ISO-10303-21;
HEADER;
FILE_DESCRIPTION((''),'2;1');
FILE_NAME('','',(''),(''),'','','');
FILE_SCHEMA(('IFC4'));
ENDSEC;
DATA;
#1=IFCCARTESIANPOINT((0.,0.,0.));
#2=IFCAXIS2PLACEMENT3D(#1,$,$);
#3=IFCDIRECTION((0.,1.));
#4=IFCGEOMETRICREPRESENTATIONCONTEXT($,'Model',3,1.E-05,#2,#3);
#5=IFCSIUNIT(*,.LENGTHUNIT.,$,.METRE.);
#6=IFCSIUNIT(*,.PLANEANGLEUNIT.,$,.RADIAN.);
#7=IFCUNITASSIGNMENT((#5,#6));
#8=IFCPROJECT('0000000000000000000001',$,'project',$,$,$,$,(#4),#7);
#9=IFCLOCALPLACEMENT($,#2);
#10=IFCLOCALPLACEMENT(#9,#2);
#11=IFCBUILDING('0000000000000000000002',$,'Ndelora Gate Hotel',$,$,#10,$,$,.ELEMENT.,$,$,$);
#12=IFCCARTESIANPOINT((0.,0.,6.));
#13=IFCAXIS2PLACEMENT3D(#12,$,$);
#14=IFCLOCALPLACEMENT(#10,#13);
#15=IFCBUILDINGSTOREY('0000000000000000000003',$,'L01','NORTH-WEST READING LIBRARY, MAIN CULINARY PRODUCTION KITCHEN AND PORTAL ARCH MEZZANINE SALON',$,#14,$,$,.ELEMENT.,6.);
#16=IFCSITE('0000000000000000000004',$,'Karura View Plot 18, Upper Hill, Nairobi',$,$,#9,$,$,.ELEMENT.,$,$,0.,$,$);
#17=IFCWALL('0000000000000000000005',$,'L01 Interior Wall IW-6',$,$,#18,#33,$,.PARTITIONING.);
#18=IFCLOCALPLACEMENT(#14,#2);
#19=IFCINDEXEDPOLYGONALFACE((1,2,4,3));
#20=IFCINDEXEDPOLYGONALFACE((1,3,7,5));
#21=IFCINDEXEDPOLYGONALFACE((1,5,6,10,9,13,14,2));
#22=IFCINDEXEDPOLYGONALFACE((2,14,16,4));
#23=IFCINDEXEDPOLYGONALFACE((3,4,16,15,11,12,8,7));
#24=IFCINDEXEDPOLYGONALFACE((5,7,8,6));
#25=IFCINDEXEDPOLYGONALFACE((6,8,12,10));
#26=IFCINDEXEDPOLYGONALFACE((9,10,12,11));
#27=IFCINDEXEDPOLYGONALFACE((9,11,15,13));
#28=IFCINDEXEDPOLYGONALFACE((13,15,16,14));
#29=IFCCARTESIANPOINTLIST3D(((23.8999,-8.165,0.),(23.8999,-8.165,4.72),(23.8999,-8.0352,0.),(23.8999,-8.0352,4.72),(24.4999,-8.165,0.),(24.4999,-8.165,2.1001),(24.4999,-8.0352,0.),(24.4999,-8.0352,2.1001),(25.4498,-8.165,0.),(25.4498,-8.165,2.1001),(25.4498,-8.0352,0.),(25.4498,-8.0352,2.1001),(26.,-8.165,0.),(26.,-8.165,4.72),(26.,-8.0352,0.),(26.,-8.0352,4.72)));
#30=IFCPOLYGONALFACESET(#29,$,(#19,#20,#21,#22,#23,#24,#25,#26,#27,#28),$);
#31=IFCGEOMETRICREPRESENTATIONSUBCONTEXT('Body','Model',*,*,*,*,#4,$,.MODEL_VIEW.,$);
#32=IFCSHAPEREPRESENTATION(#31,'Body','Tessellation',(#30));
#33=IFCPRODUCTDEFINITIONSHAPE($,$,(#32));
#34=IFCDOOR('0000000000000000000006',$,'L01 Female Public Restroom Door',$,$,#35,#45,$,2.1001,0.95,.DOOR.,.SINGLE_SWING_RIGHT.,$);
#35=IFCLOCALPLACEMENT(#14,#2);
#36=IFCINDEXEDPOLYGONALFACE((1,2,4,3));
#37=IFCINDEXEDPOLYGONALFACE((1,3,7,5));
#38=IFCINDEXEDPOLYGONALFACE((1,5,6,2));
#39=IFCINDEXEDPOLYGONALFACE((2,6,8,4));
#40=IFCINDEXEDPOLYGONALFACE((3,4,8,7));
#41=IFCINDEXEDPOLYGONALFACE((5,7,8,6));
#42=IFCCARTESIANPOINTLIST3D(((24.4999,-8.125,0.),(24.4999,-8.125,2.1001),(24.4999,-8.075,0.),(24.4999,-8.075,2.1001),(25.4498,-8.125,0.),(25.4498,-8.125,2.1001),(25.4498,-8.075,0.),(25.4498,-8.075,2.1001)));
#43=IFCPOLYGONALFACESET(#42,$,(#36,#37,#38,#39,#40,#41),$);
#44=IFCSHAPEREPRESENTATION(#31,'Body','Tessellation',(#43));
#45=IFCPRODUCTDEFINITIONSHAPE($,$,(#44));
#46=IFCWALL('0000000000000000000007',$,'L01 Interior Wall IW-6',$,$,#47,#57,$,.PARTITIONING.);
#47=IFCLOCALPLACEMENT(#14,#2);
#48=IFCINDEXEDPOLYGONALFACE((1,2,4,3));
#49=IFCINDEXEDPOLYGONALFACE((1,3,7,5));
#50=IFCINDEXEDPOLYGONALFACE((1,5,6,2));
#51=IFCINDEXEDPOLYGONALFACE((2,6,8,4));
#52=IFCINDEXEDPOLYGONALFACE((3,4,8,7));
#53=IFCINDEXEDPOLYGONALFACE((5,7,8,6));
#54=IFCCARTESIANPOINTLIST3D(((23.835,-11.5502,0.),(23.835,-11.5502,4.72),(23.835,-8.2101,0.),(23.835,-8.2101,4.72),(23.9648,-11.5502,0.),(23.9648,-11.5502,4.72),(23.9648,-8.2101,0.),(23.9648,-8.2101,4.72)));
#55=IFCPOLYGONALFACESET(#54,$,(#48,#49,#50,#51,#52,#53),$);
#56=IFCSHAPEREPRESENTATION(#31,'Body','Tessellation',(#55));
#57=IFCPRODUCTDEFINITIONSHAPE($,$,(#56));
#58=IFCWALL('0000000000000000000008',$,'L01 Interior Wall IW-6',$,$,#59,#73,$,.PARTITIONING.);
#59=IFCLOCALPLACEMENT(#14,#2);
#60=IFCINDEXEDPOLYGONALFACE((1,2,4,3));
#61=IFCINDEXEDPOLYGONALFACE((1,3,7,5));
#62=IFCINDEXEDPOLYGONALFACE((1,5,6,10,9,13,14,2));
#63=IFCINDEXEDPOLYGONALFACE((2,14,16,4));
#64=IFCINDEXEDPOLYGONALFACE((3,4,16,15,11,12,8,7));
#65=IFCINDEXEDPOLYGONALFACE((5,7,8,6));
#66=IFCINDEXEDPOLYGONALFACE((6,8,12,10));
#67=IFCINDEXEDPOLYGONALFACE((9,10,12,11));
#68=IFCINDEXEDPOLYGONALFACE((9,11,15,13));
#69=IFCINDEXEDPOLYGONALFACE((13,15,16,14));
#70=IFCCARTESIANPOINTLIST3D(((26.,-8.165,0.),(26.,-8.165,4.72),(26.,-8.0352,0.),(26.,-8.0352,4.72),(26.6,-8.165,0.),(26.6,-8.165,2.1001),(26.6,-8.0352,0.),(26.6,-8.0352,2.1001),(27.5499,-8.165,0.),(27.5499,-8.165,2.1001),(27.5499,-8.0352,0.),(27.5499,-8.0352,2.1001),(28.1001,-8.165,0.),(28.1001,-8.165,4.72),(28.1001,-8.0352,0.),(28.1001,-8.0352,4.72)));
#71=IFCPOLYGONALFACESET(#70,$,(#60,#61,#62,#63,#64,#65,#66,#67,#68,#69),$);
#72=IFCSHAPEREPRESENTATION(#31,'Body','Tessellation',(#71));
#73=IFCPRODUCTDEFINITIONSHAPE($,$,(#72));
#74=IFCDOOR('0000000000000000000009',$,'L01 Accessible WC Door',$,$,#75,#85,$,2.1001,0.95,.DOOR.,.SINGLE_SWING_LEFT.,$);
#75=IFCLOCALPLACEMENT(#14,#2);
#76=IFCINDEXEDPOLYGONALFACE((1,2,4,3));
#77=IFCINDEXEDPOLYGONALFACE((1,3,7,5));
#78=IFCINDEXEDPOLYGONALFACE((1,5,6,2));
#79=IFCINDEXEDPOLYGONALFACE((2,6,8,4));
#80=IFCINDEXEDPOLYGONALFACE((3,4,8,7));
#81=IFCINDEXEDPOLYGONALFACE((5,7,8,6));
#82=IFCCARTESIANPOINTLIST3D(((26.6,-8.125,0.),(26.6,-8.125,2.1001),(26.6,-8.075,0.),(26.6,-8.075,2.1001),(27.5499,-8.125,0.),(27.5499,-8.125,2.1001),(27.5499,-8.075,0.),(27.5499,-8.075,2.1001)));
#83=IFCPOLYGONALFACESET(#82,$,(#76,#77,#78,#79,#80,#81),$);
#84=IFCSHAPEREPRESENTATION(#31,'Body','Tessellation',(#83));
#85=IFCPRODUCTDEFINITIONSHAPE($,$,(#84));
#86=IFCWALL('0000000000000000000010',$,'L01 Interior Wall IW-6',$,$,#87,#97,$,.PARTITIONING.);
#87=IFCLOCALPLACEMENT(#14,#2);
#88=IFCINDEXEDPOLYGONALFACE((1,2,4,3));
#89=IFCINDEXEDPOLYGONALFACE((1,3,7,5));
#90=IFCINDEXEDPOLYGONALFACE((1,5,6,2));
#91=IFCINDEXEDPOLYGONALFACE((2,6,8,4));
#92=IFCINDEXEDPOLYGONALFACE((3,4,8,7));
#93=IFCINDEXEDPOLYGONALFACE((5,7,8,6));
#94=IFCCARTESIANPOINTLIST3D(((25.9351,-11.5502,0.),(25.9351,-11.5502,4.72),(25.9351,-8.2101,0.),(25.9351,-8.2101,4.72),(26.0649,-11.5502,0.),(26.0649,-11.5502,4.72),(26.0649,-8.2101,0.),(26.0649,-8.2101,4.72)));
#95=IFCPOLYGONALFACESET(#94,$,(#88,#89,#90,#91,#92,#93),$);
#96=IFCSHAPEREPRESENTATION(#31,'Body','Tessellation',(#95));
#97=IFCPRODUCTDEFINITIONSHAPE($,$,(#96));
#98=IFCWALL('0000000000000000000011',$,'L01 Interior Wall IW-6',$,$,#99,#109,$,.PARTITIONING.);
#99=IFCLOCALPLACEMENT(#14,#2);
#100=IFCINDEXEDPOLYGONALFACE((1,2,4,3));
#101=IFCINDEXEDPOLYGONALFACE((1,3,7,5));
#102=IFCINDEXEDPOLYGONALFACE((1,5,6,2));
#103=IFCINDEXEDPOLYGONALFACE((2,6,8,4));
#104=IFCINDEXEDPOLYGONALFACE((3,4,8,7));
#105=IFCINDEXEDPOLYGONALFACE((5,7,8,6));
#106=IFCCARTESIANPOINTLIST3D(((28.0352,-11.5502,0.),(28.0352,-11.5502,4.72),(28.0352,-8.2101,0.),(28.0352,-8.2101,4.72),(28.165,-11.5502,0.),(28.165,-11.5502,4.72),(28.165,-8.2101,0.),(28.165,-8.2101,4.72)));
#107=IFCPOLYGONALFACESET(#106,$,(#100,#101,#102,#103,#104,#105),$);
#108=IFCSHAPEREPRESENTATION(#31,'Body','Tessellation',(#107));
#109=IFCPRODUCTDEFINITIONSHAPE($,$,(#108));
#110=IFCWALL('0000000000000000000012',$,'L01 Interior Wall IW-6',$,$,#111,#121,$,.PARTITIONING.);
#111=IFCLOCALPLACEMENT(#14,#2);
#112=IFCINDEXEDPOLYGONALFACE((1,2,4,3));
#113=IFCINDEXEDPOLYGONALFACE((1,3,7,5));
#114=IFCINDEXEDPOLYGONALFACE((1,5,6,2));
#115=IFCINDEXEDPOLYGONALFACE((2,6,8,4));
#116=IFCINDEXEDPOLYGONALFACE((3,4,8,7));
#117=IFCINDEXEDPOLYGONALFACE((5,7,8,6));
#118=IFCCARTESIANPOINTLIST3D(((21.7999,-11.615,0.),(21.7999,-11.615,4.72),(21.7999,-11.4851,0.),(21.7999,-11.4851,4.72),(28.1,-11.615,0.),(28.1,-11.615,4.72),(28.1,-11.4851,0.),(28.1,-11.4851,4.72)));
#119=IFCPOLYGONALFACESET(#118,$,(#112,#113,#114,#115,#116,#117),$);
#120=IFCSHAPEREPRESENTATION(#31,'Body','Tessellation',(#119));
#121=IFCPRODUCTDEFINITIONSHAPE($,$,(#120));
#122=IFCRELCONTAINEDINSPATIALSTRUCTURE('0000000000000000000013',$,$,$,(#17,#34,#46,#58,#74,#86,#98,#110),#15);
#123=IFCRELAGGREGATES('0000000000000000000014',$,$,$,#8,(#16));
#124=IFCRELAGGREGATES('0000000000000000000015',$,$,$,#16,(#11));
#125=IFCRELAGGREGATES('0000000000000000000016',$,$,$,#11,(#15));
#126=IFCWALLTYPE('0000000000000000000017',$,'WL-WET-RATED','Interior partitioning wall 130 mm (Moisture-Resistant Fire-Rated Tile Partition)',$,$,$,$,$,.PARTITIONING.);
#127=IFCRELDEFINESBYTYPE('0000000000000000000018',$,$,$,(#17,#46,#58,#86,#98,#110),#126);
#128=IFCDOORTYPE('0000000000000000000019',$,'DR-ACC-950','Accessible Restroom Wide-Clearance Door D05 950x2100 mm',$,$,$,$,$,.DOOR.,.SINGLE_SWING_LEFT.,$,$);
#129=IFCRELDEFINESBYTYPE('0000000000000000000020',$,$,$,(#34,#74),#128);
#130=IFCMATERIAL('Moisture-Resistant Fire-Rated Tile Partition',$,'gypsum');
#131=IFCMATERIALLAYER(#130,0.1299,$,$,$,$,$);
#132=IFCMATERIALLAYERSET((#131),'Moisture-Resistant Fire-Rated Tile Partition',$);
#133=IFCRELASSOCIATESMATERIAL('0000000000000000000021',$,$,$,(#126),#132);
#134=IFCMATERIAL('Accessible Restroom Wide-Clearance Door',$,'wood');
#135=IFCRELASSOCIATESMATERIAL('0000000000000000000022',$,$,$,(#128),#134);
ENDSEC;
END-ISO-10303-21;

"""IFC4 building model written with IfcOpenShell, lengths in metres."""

from ifc_helpers import new_model, si_unit, direction, frame, frame_2d, origin, place, context, subcontext, project, spatial, rectangle, extrude, material, layer, layer_set, type_object, element, fill, save


model = new_model("IFC4")

# Units and contexts
model_context = context("Model", 3, precision=1e-05, world=origin(), true_north=direction((0.0, 1.0)))
body_context = subcontext(model_context, "Body", "Model", "MODEL_VIEW")
ifc_project = project(units=[si_unit("LENGTHUNIT", "METRE"), si_unit("PLANEANGLEUNIT", "RADIAN")], contexts=[model_context])

# Site, building, storey
site_placement = place(None, origin())
site = spatial("IfcSite", under=ifc_project, at=site_placement, Name="Karura View Plot 18, Upper Hill, Nairobi", CompositionType="ELEMENT", RefElevation=0.0)
building_placement = place(site_placement, origin())
building = spatial("IfcBuilding", under=site, at=building_placement, Name="Ndelora Gate Hotel", CompositionType="ELEMENT")
storey_placement = place(building_placement, frame((0.0, 0.0, 6.0)))
storey = spatial("IfcBuildingStorey", under=building, at=storey_placement, Name="L01", Description="NORTH-WEST READING LIBRARY, MAIN CULINARY PRODUCTION KITCHEN AND PORTAL ARCH MEZZANINE SALON", CompositionType="ELEMENT", Elevation=6.0)

# Shared definitions
ifc_material_1 = material(Name="Moisture-Resistant Fire-Rated Tile Partition", Category="gypsum")
ifc_layer_1 = layer(ifc_material_1, 0.1299)
ifc_layer_set_1 = layer_set([ifc_layer_1], Name="Moisture-Resistant Fire-Rated Tile Partition")
wall_type_1 = type_object("IfcWallType", Name="WL-WET-RATED", Description="Interior partitioning wall 130 mm (Moisture-Resistant Fire-Rated Tile Partition)", PredefinedType="PARTITIONING", material=ifc_layer_set_1)
ifc_material_2 = material(Name="Accessible Restroom Wide-Clearance Door", Category="wood")
door_type_1 = type_object("IfcDoorType", Name="DR-ACC-950", Description="Accessible Restroom Wide-Clearance Door D05 950x2100 mm", OperationType="SINGLE_SWING_LEFT", PredefinedType="DOOR", material=ifc_material_2)

# Wall, opening, door
wall_1_placement = place(storey_placement, frame((26.0, -8.1001, 0.0), z_axis=(0.0, 0.0, 1.0), x_axis=(-1.0, 0.0, 0.0)))
wall_1 = element("IfcWall", 1, at=wall_1_placement, inside=storey, type_object=wall_type_1, Name="L01 Interior Wall IW-6", PredefinedType="PARTITIONING", context=body_context, shape_type="SweptSolid", body=[
    extrude(rectangle(XDim=2.1001, YDim=0.1299, at=frame_2d((1.05, 0.0))), origin(), (0.0, 0.0, 1.0), 4.72),
])
opening_1_placement = place(wall_1_placement, frame((0.55, 0.0, 0.0)))
opening_1 = element("IfcOpeningElement", 2, at=opening_1_placement, cuts=wall_1, PredefinedType="OPENING", context=body_context, shape_type="SweptSolid", body=[
    extrude(rectangle(XDim=0.95, YDim=2.1001, at=frame_2d((0.4751, 1.05))), frame((0.0, 0.075, 0.0), z_axis=(0.0, -1.0, 0.0), x_axis=(1.0, 0.0, 0.0)), (0.0, 0.0, 1.0), 0.1499),
])
door_1_placement = place(opening_1_placement, origin())
door_1 = element("IfcDoor", 3, at=door_1_placement, inside=storey, type_object=door_type_1, Name="L01 Female Public Restroom Door", OperationType="SINGLE_SWING_RIGHT", OverallHeight=2.1001, OverallWidth=0.95, PredefinedType="DOOR", context=body_context, shape_type="SweptSolid", body=[
    extrude(rectangle(XDim=0.95, YDim=2.1001, at=frame_2d((0.4751, 1.05))), frame((0.0, 0.0249, 0.0), z_axis=(0.0, -1.0, 0.0), x_axis=(1.0, 0.0, 0.0)), (0.0, 0.0, 1.0), 0.05),
])
fill(opening_1, door_1)

# Wall
wall_2_placement = place(storey_placement, frame((23.8999, -11.55, 0.0), z_axis=(0.0, 0.0, 1.0), x_axis=(0.0, 1.0, 0.0)))
element("IfcWall", 4, at=wall_2_placement, inside=storey, type_object=wall_type_1, Name="L01 Interior Wall IW-6", PredefinedType="PARTITIONING", context=body_context, shape_type="SweptSolid", body=[
    extrude(rectangle(XDim=3.3401, YDim=0.1299, at=frame_2d((1.6699, 0.0))), origin(), (0.0, 0.0, 1.0), 4.72),
])

# Wall, opening, door
wall_3_placement = place(storey_placement, frame((28.1001, -8.1001, 0.0), z_axis=(0.0, 0.0, 1.0), x_axis=(-1.0, 0.0, 0.0)))
wall_3 = element("IfcWall", 5, at=wall_3_placement, inside=storey, type_object=wall_type_1, Name="L01 Interior Wall IW-6", PredefinedType="PARTITIONING", context=body_context, shape_type="SweptSolid", body=[
    extrude(rectangle(XDim=2.1001, YDim=0.1299, at=frame_2d((1.05, 0.0))), origin(), (0.0, 0.0, 1.0), 4.72),
])
opening_2_placement = place(wall_3_placement, frame((0.55, 0.0, 0.0)))
opening_2 = element("IfcOpeningElement", 6, at=opening_2_placement, cuts=wall_3, PredefinedType="OPENING", context=body_context, shape_type="SweptSolid", body=[
    extrude(rectangle(XDim=0.95, YDim=2.1001, at=frame_2d((0.4751, 1.05))), frame((0.0, 0.075, 0.0), z_axis=(0.0, -1.0, 0.0), x_axis=(1.0, 0.0, 0.0)), (0.0, 0.0, 1.0), 0.1499),
])
door_2_placement = place(opening_2_placement, origin())
door_2 = element("IfcDoor", 7, at=door_2_placement, inside=storey, type_object=door_type_1, Name="L01 Accessible WC Door", OperationType="SINGLE_SWING_LEFT", OverallHeight=2.1001, OverallWidth=0.95, PredefinedType="DOOR", context=body_context, shape_type="SweptSolid", body=[
    extrude(rectangle(XDim=0.95, YDim=2.1001, at=frame_2d((0.4751, 1.05))), frame((0.0, 0.0249, 0.0), z_axis=(0.0, -1.0, 0.0), x_axis=(1.0, 0.0, 0.0)), (0.0, 0.0, 1.0), 0.05),
])
fill(opening_2, door_2)

# Walls
for number, where, z_axis, x_axis, name in (
    (8, (26.0, -11.55, 0.0), (0.0, 0.0, 1.0), (0.0, 1.0, 0.0), "L01 Interior Wall IW-6"),
    (9, (28.1001, -11.55, 0.0), (0.0, 0.0, 1.0), (0.0, 1.0, 0.0), "L01 Interior Wall IW-6"),
):
    element("IfcWall", number, at=place(storey_placement, frame(where, z_axis=z_axis, x_axis=x_axis)), inside=storey, type_object=wall_type_1, Name=name, PredefinedType="PARTITIONING", context=body_context, shape_type="SweptSolid", body=[
        extrude(rectangle(XDim=3.3401, YDim=0.1299, at=frame_2d((1.6699, 0.0))), origin(), (0.0, 0.0, 1.0), 4.72),
    ])
wall_4_placement = place(storey_placement, frame((21.8, -11.55, 0.0), z_axis=(0.0, 0.0, 1.0), x_axis=(1.0, 0.0, 0.0)))
element("IfcWall", 10, at=wall_4_placement, inside=storey, type_object=wall_type_1, Name="L01 Interior Wall IW-6", PredefinedType="PARTITIONING", context=body_context, shape_type="SweptSolid", body=[
    extrude(rectangle(XDim=6.3, YDim=0.1299, at=frame_2d((3.1499, 0.0))), origin(), (0.0, 0.0, 1.0), 4.72),
])

save(model, "model.ifc")
